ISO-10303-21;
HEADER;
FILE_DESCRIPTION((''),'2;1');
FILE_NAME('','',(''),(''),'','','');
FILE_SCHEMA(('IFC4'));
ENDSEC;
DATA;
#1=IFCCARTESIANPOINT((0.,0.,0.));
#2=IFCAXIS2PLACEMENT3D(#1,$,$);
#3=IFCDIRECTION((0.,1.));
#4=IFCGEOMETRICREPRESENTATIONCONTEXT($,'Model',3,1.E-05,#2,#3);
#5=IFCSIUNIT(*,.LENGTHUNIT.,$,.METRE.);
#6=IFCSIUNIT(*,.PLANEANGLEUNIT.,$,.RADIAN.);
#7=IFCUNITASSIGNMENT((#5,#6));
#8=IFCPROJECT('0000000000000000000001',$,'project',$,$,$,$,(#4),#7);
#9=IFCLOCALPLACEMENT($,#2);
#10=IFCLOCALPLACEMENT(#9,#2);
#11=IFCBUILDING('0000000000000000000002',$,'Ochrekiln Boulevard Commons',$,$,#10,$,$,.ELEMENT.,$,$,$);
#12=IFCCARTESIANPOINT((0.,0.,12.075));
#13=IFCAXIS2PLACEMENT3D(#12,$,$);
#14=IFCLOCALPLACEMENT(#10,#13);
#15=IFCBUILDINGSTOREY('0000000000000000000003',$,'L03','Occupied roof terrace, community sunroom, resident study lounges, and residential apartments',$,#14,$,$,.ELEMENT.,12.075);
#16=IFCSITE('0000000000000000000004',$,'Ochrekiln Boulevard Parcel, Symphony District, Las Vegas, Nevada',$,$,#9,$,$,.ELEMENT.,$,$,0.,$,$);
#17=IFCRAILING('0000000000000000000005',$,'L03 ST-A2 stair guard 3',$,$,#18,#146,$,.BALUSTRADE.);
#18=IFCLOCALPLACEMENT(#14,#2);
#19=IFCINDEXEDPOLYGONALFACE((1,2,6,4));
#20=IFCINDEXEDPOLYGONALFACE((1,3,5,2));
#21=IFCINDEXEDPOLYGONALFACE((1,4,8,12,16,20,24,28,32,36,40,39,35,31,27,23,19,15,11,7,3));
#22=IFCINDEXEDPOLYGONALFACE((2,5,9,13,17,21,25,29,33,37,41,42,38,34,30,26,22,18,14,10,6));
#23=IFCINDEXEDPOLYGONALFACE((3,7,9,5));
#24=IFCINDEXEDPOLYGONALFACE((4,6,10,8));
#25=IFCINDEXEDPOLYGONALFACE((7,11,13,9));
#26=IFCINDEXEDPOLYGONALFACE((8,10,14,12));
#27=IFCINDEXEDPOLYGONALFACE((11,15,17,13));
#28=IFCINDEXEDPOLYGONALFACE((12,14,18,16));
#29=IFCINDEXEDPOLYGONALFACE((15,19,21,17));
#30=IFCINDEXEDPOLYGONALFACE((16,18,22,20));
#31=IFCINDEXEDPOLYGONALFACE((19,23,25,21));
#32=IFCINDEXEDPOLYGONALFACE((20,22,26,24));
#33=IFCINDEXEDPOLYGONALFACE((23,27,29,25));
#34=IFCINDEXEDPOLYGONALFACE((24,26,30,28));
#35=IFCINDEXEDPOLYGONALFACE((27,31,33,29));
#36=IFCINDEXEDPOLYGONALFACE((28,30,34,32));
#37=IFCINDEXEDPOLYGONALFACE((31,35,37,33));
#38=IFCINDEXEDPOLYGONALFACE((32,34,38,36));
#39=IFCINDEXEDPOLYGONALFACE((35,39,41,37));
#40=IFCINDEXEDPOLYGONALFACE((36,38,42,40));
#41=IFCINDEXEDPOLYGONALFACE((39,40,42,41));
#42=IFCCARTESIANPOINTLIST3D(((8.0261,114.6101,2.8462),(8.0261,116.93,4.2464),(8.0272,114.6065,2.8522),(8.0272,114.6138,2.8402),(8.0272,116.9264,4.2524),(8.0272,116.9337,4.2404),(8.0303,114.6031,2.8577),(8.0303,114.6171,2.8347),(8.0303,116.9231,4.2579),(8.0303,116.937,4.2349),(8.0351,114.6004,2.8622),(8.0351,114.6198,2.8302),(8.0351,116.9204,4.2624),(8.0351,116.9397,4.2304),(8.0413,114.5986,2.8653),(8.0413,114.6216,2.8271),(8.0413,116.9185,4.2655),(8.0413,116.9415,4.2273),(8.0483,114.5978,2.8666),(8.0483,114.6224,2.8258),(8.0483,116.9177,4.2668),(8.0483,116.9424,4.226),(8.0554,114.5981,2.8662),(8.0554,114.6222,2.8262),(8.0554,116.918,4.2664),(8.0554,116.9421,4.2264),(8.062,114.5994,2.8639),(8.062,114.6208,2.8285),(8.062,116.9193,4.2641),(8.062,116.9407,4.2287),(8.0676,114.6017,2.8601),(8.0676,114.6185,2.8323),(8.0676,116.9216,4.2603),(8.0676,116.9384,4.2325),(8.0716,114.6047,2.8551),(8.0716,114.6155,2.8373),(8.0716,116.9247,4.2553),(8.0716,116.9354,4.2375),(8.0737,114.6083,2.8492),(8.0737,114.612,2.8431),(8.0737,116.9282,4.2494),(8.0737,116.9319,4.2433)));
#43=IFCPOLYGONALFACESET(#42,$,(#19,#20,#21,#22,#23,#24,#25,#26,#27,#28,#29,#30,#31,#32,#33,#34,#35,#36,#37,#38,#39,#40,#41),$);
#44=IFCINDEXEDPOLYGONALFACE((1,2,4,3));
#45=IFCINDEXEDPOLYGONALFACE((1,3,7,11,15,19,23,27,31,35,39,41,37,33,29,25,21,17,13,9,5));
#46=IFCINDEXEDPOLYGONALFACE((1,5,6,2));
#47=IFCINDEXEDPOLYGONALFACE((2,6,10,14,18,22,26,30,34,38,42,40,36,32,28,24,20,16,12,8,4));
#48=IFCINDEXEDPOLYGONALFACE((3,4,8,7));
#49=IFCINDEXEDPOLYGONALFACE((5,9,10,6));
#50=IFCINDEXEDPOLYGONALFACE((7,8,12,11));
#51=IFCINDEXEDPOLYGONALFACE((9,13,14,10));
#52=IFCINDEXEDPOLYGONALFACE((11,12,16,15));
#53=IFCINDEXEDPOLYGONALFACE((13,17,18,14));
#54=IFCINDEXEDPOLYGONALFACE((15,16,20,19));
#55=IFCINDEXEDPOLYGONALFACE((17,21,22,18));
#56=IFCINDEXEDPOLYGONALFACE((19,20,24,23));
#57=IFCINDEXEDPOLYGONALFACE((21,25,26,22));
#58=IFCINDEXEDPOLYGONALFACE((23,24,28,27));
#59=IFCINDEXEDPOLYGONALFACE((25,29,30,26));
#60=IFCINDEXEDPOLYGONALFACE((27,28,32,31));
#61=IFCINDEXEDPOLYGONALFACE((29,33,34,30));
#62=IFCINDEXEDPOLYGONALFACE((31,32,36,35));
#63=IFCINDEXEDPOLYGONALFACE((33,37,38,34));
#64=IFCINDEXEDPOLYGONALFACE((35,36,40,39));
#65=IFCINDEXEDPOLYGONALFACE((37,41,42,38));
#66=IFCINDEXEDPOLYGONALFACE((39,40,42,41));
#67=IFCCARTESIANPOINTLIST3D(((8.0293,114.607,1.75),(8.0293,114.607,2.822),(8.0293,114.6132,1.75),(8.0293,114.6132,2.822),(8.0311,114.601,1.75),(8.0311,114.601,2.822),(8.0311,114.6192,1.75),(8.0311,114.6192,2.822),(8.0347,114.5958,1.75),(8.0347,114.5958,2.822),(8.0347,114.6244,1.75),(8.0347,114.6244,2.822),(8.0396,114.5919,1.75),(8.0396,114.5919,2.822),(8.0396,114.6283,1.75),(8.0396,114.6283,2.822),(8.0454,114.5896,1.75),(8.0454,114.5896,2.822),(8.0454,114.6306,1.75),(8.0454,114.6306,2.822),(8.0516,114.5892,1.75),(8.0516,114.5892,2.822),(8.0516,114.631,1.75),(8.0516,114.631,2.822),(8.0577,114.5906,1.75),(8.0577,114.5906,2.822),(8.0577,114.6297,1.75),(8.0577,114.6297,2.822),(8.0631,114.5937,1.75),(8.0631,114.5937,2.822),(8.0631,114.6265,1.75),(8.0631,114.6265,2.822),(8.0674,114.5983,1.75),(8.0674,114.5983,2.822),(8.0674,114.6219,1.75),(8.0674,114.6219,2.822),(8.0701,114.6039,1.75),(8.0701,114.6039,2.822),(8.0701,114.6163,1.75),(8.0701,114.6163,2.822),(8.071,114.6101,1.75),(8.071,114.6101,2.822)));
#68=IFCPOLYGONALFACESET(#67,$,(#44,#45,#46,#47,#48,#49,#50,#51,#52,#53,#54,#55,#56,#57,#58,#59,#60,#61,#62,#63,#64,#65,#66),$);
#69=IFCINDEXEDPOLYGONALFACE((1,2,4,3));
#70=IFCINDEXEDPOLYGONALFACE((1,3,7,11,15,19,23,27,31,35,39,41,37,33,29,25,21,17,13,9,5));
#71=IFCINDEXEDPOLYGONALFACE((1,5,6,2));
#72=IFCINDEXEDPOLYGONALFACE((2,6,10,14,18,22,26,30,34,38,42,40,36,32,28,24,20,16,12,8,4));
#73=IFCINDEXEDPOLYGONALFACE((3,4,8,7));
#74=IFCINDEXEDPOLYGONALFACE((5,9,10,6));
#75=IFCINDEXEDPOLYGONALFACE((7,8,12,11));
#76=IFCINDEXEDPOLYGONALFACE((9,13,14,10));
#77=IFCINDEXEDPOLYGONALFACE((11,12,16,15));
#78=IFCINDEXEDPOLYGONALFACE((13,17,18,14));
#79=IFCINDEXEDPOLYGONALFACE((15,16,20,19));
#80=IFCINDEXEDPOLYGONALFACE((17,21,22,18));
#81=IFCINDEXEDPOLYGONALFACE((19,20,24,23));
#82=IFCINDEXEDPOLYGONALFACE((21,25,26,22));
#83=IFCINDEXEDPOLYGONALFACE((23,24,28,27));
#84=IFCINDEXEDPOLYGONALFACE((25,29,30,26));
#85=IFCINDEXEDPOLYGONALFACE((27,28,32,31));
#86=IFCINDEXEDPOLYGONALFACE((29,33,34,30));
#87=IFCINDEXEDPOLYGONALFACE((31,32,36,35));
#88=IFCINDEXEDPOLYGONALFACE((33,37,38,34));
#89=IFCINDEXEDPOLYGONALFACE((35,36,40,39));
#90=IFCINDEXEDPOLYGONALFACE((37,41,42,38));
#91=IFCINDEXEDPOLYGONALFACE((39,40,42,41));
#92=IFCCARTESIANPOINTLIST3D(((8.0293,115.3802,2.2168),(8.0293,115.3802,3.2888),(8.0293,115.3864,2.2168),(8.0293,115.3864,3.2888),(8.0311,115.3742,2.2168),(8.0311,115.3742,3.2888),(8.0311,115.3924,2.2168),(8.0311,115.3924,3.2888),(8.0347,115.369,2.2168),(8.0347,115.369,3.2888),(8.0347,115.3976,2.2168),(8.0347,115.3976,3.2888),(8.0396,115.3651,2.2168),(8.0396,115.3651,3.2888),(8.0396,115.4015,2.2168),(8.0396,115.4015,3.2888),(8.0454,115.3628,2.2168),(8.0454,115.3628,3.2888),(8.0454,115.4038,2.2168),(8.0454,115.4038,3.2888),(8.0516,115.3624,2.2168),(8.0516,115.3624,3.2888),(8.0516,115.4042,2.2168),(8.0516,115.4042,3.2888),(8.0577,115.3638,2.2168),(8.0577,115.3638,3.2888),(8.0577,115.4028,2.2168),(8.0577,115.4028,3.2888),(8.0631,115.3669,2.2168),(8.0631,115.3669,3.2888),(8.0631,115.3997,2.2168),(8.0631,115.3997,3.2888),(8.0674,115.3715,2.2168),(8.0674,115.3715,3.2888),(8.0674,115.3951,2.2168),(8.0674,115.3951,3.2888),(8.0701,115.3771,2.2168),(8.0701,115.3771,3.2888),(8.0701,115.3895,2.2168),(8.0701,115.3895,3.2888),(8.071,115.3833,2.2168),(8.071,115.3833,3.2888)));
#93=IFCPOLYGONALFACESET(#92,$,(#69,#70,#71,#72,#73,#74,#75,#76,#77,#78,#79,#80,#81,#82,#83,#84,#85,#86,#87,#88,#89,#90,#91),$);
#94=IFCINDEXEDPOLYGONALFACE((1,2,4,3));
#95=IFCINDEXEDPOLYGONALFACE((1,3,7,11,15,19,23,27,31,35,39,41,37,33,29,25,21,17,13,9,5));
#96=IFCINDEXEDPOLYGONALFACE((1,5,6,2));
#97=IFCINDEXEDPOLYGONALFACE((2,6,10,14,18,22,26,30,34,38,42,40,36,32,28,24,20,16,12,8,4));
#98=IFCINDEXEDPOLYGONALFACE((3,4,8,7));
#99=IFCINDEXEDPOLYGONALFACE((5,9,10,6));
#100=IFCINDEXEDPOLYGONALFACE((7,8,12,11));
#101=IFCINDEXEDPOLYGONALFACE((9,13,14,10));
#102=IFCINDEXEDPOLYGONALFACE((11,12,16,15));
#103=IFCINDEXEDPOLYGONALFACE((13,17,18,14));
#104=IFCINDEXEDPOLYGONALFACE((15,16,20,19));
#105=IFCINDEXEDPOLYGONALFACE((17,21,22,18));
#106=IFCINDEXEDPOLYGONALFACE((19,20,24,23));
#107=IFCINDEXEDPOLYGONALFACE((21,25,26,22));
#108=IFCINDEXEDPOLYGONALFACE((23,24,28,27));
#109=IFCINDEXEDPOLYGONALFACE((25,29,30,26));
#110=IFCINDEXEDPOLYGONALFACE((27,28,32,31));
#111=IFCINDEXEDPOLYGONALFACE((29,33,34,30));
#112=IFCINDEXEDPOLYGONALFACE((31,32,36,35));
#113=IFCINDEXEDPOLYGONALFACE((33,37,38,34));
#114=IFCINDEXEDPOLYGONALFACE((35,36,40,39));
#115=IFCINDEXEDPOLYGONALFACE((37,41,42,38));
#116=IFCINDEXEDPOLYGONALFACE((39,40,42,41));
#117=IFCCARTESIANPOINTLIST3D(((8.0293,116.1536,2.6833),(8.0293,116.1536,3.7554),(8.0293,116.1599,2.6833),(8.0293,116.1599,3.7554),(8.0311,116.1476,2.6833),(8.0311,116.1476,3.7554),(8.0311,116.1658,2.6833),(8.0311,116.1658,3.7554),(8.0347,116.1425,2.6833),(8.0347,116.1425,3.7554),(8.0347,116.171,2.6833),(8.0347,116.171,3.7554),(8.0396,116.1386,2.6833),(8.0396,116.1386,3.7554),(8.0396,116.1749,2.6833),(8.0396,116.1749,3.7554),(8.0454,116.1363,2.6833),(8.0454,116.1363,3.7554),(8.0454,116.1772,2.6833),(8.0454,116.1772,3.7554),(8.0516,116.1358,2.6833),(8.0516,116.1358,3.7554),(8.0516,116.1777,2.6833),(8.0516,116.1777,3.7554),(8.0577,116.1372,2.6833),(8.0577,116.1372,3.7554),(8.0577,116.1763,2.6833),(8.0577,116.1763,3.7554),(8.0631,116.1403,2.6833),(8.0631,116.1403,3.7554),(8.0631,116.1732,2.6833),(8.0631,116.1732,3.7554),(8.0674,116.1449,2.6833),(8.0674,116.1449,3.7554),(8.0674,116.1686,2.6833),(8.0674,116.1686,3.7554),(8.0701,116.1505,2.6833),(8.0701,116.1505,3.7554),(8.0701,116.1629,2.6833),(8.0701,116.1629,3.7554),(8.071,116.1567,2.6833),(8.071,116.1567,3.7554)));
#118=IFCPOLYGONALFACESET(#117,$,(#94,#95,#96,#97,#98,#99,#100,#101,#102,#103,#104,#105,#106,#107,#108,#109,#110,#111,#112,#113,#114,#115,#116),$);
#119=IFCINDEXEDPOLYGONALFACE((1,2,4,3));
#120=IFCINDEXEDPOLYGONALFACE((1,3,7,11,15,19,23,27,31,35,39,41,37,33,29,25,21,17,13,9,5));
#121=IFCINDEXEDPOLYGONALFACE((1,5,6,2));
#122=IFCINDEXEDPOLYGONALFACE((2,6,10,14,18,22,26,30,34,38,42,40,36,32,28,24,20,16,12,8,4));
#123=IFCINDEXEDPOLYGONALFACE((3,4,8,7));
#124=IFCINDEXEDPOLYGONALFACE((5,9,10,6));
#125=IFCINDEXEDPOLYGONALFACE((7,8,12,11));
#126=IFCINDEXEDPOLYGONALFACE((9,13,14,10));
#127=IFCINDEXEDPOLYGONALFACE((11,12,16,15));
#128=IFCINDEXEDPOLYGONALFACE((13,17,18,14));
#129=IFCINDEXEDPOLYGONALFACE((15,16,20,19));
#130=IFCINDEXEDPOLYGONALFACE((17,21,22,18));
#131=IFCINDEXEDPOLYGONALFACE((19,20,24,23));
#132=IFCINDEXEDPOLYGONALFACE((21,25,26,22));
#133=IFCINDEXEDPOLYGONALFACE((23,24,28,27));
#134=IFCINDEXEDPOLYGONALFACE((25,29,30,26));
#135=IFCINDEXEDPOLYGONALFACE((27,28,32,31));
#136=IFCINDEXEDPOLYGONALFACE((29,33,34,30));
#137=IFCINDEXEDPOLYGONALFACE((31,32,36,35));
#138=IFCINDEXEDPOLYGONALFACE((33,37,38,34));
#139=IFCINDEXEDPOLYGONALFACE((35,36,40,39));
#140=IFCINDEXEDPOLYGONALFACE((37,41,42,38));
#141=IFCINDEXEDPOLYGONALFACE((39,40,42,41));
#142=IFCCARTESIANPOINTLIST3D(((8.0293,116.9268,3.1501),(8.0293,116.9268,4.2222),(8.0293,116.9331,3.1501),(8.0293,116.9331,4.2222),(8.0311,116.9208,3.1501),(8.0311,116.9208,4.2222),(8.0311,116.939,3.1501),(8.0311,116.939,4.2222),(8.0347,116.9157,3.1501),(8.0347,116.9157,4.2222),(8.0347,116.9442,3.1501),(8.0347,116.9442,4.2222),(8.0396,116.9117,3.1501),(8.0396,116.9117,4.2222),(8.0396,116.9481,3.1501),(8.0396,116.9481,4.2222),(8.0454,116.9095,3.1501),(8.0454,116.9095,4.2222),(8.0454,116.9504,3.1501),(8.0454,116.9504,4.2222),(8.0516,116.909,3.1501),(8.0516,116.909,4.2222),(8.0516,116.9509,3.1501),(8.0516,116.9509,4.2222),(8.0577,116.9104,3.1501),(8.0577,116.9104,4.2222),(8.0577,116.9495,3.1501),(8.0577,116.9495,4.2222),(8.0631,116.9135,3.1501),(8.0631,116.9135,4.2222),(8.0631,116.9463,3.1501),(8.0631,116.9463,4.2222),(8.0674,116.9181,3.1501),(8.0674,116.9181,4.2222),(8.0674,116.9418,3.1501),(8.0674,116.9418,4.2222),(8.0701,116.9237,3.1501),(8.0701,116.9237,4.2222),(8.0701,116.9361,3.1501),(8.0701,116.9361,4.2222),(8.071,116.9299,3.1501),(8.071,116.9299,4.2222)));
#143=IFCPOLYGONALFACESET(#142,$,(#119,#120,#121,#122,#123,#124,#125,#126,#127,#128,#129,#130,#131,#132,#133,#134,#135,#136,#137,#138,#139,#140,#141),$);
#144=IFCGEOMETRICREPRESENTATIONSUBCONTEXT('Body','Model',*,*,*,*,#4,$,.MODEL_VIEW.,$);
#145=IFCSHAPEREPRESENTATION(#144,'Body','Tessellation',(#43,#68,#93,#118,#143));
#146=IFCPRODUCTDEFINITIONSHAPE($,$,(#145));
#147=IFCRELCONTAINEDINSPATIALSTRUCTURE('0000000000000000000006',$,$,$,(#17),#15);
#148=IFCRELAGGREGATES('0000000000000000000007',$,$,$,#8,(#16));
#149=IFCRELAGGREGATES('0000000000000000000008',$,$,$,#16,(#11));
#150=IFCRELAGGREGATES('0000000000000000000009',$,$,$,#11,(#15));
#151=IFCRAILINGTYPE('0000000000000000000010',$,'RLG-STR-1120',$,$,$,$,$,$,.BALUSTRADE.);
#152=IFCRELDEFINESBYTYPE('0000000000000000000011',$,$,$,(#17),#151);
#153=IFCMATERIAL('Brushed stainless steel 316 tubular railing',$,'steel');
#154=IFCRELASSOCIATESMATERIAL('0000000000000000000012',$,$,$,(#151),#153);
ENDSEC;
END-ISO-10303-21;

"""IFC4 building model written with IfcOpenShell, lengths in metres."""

from ifc_helpers import new_model, si_unit, direction, frame, origin, origin_2d, place, context, subcontext, project, spatial, circle, extrude, material, type_object, element, save


model = new_model("IFC4")

# Units and contexts
model_context = context("Model", 3, precision=1e-05, world=origin(), true_north=direction((0.0, 1.0)))
body_context = subcontext(model_context, "Body", "Model", "MODEL_VIEW")
ifc_project = project(units=[si_unit("LENGTHUNIT", "METRE"), si_unit("PLANEANGLEUNIT", "RADIAN")], contexts=[model_context])

# Site, building, storey
site_placement = place(None, origin())
site = spatial("IfcSite", under=ifc_project, at=site_placement, Name="Ochrekiln Boulevard Parcel, Symphony District, Las Vegas, Nevada", CompositionType="ELEMENT", RefElevation=0.0)
building_placement = place(site_placement, origin())
building = spatial("IfcBuilding", under=site, at=building_placement, Name="Ochrekiln Boulevard Commons", CompositionType="ELEMENT")
storey_placement = place(building_placement, frame((0.0, 0.0, 12.075)))
storey = spatial("IfcBuildingStorey", under=building, at=storey_placement, Name="L03", Description="Occupied roof terrace, community sunroom, resident study lounges, and residential apartments", CompositionType="ELEMENT", Elevation=12.075)

# Railing
ifc_material_1 = material(Name="Brushed stainless steel 316 tubular railing", Category="steel")
railing_type_1 = type_object("IfcRailingType", Name="RLG-STR-1120", PredefinedType="BALUSTRADE", material=ifc_material_1)
railing_1_placement = place(storey_placement, frame((8.05, 114.6101, 1.75)))
element("IfcRailing", 1, at=railing_1_placement, inside=storey, type_object=railing_type_1, Name="L03 ST-A2 stair guard 3", PredefinedType="BALUSTRADE", context=body_context, shape_type="SweptSolid", body=[
    extrude(circle(Radius=0.0239, at=origin_2d()), frame((0.0, 0.0, 1.0962), z_axis=(0.0, 0.856146, 0.516733), x_axis=(-1.0, 0.0, 0.0)), (0.0, 0.0, 1.0), 2.7097),
    extrude(circle(Radius=0.021, at=origin_2d()), origin(), (0.0, 0.0, 1.0), 1.072),
    extrude(circle(Radius=0.021, at=origin_2d()), frame((0.0, 0.7732, 0.4668)), (0.0, 0.0, 1.0), 1.072),
    extrude(circle(Radius=0.021, at=origin_2d()), frame((0.0, 1.5466, 0.9333)), (0.0, 0.0, 1.0), 1.072),
    extrude(circle(Radius=0.021, at=origin_2d()), frame((0.0, 2.3198, 1.4001)), (0.0, 0.0, 1.0), 1.072),
])

save(model, "model.ifc")
